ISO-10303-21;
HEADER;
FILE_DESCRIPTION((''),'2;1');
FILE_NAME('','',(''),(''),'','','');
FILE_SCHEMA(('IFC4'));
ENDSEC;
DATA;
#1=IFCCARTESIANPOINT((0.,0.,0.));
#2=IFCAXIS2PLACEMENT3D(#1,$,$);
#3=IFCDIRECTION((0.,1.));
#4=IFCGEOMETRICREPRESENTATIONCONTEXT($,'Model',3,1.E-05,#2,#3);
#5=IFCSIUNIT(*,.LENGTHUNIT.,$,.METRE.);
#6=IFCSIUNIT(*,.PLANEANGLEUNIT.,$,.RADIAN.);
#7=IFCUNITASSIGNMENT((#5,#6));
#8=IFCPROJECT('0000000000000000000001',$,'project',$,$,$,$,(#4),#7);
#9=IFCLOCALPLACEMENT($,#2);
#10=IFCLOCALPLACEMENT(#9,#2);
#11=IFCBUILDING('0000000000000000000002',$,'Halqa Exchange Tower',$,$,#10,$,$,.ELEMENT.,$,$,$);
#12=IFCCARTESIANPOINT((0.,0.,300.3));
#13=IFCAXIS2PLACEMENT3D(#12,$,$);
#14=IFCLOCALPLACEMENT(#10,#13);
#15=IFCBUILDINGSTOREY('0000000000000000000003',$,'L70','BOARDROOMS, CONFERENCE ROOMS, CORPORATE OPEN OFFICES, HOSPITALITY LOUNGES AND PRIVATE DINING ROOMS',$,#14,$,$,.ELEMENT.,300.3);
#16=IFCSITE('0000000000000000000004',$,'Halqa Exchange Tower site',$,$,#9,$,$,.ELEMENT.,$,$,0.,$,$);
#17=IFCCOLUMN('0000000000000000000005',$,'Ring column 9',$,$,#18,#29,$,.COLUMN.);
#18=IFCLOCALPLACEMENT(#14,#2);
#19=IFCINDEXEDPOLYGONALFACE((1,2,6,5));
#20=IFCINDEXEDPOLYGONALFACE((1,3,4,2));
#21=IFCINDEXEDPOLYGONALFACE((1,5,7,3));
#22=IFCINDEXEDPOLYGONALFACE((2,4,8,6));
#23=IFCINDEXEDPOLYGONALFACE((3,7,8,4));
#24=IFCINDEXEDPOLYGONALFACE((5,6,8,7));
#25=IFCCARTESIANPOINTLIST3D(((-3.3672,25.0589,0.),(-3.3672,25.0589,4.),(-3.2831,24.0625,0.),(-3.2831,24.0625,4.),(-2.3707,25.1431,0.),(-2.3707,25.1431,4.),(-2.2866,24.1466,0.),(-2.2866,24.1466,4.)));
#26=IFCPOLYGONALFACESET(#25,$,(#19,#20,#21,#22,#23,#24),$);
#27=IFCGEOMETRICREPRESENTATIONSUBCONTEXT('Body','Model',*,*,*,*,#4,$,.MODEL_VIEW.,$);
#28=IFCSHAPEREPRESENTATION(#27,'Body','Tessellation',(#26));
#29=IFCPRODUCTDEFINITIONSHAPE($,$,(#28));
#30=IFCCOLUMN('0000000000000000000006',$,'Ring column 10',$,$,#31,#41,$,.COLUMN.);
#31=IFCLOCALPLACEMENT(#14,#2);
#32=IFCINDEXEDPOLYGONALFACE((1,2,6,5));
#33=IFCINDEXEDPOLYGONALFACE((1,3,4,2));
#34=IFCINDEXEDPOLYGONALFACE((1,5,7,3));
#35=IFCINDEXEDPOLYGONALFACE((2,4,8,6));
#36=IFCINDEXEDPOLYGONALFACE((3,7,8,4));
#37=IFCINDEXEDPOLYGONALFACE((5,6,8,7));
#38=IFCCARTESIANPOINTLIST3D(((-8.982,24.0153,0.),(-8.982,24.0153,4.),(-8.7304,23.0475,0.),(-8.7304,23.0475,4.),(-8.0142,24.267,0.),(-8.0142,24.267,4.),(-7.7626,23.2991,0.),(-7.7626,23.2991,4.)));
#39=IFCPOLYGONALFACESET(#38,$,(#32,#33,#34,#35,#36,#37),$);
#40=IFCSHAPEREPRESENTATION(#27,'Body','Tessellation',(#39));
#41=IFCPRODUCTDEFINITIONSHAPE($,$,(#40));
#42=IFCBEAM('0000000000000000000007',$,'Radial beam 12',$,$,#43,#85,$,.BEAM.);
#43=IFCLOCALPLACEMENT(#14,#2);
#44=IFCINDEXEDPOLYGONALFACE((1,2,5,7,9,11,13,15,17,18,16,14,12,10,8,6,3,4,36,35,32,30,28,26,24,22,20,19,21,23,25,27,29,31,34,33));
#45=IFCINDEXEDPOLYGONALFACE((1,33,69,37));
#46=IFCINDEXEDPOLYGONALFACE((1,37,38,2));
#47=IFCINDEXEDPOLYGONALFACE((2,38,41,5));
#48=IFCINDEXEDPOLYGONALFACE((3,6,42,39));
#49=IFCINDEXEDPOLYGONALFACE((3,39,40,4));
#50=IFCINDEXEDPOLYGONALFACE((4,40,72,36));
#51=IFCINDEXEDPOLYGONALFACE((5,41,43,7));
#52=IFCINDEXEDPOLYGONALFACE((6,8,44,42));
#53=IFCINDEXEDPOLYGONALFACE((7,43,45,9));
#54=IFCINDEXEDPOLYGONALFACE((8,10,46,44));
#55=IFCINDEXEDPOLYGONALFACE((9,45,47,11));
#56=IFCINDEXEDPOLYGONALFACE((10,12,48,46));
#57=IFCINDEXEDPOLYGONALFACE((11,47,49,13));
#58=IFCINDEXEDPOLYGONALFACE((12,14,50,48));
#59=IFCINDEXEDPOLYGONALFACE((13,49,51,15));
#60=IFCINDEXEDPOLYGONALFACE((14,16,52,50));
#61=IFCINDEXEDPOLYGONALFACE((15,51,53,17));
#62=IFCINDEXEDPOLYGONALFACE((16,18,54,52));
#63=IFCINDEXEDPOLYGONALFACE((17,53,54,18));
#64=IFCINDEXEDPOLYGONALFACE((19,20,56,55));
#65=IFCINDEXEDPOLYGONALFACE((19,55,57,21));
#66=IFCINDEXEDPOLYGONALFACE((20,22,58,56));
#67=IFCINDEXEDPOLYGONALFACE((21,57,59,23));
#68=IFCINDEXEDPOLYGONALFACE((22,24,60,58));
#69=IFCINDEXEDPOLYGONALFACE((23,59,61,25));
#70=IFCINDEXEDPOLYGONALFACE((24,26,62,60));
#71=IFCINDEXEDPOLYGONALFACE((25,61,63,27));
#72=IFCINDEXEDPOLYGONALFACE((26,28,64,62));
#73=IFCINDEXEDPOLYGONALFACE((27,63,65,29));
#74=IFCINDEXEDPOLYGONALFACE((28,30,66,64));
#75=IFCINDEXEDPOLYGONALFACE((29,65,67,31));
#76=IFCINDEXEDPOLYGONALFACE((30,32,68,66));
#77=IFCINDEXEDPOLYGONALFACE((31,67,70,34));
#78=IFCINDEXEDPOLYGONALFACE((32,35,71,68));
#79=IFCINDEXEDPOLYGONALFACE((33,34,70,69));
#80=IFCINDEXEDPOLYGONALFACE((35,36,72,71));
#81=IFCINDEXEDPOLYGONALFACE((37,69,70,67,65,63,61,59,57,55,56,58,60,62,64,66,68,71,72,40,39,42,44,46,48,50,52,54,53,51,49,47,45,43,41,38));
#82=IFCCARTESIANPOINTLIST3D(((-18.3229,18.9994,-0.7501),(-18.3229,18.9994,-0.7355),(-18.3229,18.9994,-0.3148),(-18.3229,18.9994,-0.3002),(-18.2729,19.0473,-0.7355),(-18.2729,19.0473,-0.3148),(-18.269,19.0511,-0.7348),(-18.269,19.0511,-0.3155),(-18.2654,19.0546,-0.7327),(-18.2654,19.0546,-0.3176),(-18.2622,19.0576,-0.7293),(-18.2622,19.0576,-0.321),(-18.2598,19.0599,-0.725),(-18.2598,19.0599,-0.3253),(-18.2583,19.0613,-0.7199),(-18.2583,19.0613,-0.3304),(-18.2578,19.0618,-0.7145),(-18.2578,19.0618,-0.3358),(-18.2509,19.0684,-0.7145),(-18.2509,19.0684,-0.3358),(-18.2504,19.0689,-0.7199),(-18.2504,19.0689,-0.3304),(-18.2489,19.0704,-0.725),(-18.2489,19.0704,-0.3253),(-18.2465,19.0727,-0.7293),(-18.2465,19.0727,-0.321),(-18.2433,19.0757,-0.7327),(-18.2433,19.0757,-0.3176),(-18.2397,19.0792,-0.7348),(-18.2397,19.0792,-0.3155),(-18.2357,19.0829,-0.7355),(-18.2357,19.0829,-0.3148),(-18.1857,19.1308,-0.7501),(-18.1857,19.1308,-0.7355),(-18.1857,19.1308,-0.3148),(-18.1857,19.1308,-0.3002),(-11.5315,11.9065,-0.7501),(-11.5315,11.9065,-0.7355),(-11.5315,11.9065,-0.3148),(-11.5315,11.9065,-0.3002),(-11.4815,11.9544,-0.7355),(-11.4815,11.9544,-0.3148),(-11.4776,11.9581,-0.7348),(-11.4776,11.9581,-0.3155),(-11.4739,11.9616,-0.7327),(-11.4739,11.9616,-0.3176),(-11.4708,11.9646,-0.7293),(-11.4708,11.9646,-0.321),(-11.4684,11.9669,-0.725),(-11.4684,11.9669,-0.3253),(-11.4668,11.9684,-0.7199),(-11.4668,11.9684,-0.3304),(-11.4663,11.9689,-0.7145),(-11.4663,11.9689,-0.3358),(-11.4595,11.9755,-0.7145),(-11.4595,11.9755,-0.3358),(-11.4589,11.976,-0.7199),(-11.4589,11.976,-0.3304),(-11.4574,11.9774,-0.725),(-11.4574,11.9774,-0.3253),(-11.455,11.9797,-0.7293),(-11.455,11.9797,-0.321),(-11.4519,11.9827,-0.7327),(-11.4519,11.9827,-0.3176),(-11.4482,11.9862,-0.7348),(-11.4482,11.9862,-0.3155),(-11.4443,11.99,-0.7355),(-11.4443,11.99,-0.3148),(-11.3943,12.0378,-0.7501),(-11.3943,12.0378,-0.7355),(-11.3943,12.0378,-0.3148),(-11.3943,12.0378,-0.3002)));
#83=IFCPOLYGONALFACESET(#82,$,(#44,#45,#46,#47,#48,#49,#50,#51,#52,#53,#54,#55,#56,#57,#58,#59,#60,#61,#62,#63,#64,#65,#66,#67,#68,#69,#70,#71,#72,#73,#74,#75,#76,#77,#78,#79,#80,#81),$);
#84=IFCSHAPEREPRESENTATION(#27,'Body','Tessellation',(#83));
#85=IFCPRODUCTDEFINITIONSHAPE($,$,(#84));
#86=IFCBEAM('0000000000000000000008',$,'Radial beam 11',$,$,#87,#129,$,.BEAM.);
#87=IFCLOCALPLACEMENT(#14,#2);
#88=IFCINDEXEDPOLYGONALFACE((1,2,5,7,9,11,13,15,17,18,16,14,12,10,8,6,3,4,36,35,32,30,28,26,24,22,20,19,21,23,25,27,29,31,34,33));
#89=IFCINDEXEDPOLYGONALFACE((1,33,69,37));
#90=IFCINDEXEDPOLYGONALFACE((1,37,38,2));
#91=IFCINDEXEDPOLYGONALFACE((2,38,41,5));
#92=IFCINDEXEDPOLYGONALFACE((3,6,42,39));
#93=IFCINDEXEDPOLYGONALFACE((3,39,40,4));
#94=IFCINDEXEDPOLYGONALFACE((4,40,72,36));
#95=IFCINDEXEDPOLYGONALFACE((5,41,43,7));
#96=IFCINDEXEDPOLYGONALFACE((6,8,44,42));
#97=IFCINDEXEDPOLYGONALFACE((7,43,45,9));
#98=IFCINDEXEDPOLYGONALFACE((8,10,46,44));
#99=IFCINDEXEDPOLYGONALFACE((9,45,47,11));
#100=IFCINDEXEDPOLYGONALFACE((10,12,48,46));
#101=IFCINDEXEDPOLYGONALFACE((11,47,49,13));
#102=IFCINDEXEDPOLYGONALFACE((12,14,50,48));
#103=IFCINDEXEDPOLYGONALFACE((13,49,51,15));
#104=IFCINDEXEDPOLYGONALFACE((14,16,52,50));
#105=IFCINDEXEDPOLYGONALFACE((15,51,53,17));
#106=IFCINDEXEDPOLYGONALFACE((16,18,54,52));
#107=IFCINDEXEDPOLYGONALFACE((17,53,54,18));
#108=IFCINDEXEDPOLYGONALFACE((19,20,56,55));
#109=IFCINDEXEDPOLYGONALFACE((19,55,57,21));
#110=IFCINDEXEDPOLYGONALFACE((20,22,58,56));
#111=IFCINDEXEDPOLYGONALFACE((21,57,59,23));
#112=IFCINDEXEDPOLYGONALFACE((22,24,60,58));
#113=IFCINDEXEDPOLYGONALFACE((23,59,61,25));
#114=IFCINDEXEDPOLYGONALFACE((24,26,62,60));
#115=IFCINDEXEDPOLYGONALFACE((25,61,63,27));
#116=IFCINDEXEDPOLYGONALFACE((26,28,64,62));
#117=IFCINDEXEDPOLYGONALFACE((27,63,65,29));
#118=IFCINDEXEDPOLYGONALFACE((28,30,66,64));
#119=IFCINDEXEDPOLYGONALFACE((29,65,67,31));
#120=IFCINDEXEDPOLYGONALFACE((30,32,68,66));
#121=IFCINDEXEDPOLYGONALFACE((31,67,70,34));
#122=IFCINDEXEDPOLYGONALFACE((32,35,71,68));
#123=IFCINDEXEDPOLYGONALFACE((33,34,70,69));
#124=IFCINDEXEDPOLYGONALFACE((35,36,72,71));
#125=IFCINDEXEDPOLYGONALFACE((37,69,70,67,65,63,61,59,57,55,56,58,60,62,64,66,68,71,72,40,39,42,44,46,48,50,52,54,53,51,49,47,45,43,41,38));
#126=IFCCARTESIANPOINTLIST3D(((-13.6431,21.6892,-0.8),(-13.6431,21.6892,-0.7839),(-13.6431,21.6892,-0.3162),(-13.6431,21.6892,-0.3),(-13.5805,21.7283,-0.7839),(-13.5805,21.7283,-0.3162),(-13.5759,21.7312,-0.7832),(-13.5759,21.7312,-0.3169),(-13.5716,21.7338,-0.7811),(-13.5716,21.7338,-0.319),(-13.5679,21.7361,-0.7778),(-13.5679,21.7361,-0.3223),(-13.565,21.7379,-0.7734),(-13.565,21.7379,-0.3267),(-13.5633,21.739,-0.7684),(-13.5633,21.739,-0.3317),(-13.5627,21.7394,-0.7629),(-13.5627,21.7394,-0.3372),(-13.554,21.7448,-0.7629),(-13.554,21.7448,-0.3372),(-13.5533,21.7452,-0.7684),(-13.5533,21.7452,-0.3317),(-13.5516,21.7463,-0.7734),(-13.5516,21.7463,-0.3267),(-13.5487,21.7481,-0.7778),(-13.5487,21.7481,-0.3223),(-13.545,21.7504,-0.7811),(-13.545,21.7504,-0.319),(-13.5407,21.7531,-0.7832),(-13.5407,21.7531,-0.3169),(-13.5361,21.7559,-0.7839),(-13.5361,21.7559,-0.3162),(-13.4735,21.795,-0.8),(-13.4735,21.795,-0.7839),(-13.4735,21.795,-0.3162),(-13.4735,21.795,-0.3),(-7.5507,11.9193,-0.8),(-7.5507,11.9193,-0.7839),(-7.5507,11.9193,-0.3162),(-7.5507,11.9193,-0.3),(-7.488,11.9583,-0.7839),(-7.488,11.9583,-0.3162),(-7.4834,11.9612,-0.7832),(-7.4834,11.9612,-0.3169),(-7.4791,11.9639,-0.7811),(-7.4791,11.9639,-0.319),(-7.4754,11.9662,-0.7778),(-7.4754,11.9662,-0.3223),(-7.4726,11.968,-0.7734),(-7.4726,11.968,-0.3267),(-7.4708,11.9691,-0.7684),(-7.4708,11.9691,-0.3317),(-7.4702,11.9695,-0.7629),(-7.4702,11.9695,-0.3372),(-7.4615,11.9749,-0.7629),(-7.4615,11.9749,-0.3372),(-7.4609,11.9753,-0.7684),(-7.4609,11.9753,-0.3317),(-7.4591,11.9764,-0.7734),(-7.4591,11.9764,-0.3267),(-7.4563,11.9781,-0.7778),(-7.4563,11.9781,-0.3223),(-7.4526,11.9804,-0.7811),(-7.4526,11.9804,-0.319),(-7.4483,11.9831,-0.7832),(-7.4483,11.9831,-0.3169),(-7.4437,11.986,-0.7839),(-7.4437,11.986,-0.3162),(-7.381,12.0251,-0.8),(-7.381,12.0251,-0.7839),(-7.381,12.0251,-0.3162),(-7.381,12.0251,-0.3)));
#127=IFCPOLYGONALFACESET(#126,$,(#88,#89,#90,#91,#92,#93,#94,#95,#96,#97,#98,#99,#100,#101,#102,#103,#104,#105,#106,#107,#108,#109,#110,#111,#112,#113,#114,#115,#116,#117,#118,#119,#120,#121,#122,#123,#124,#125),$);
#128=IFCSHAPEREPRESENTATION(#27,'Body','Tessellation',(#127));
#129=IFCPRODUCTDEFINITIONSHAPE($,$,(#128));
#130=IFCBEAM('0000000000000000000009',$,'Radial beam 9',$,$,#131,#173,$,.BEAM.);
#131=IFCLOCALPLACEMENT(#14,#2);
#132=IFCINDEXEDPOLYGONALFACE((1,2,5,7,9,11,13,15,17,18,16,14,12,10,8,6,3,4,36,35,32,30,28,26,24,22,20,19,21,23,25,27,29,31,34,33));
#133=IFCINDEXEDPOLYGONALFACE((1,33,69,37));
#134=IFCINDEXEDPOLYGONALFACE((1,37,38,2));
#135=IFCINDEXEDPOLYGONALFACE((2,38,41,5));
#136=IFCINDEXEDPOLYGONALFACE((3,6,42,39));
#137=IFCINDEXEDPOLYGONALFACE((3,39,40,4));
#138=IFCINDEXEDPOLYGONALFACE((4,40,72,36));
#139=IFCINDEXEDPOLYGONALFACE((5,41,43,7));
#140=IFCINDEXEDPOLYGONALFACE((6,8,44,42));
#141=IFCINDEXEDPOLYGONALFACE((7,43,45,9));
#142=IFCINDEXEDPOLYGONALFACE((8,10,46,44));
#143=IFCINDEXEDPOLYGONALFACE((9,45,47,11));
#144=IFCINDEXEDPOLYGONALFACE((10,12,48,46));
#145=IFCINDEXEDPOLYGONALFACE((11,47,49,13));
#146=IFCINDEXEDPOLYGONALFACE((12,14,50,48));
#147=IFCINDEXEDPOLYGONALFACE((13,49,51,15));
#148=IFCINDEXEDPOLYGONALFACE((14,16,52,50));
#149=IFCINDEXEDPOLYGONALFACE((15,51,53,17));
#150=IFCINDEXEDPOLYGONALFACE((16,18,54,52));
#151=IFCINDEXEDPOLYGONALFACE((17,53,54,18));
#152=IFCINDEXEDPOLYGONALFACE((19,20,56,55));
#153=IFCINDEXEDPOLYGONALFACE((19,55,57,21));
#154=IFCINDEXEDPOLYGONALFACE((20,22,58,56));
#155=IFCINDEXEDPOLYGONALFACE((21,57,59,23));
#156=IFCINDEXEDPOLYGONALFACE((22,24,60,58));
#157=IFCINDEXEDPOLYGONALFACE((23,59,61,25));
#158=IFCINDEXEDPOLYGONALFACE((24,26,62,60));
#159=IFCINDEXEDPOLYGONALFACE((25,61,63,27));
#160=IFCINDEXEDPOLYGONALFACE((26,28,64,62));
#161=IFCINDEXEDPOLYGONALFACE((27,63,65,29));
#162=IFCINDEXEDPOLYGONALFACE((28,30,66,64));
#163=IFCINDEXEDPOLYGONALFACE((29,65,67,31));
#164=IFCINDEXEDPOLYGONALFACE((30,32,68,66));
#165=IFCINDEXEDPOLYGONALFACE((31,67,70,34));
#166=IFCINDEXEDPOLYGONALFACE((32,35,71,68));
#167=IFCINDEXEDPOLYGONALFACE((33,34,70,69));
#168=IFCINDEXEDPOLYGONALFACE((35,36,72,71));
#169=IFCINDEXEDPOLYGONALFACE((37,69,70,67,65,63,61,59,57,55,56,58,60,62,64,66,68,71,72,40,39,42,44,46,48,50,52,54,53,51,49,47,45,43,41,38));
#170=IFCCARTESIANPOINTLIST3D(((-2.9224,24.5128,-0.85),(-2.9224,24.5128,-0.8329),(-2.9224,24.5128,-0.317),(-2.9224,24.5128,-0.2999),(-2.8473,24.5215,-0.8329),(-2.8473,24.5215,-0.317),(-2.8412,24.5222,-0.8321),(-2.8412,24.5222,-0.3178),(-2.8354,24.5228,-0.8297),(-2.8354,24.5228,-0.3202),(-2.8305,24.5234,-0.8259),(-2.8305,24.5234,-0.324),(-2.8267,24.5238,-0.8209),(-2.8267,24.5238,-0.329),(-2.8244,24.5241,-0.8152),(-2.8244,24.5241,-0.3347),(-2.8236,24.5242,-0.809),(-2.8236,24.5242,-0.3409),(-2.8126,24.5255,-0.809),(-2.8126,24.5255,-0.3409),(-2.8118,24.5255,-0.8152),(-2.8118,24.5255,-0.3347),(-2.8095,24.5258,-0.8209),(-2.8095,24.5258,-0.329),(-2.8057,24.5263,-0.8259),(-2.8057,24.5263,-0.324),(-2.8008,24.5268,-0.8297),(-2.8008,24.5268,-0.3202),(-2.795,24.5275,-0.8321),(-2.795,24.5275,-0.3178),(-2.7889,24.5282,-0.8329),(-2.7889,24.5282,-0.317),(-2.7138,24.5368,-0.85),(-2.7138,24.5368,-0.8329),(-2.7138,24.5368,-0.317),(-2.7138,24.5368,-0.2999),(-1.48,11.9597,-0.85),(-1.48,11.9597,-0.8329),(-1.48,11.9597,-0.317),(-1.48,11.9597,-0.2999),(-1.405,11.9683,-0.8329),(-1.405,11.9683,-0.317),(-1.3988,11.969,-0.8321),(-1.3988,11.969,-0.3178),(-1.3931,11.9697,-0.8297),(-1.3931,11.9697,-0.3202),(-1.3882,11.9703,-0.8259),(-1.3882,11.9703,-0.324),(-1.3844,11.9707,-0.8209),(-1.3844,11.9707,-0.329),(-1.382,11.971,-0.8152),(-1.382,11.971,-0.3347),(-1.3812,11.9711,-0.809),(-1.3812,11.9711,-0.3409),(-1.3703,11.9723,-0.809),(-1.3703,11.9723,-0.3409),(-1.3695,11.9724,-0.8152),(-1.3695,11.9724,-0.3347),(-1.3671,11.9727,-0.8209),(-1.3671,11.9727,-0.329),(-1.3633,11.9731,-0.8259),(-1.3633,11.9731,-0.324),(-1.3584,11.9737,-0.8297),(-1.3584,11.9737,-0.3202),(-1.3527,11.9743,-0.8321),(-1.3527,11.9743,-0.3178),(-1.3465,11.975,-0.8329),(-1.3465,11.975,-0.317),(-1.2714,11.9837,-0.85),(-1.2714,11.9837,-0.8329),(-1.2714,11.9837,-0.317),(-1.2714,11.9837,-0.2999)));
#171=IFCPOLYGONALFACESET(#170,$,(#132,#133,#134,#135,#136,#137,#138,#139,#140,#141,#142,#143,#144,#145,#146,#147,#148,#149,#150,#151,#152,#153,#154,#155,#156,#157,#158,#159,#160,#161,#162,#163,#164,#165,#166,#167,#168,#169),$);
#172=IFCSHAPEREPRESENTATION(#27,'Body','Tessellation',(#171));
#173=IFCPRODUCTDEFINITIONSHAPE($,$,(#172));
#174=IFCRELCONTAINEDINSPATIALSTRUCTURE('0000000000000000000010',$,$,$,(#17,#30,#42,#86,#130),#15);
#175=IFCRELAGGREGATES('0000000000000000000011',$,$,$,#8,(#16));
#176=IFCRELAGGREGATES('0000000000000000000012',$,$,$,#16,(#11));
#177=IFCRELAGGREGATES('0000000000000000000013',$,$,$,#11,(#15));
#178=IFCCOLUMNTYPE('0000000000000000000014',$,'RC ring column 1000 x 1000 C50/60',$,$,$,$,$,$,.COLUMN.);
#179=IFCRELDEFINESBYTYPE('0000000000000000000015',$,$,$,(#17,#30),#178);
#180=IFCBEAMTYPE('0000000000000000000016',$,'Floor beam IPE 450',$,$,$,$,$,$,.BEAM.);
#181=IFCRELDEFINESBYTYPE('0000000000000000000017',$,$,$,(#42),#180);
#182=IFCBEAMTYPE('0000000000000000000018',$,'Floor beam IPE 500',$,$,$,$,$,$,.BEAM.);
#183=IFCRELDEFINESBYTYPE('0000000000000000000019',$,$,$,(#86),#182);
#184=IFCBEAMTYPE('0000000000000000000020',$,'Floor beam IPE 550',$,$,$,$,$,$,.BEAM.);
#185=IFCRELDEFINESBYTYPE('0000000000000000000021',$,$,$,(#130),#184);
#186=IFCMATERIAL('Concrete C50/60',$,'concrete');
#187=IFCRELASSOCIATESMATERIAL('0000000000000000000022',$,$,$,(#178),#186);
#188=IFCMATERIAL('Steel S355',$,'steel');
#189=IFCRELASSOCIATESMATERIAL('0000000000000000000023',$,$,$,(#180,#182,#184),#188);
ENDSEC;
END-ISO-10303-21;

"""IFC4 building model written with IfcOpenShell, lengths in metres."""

from ifc_helpers import new_model, si_unit, direction, frame, origin, origin_2d, place, context, subcontext, project, spatial, rectangle, i_section, extrude, material, material_profile, profile_set, type_object, element, save


model = new_model("IFC4")

# Units and contexts
model_context = context("Model", 3, precision=1e-05, world=origin(), true_north=direction((0.0, 1.0)))
body_context = subcontext(model_context, "Body", "Model", "MODEL_VIEW")
ifc_project = project(units=[si_unit("LENGTHUNIT", "METRE"), si_unit("PLANEANGLEUNIT", "RADIAN")], contexts=[model_context])

# Site, building, storey
site_placement = place(None, origin())
site = spatial("IfcSite", under=ifc_project, at=site_placement, Name="Halqa Exchange Tower site", CompositionType="ELEMENT", RefElevation=0.0)
building_placement = place(site_placement, origin())
building = spatial("IfcBuilding", under=site, at=building_placement, Name="Halqa Exchange Tower", CompositionType="ELEMENT")
storey_placement = place(building_placement, frame((0.0, 0.0, 300.3)))
storey = spatial("IfcBuildingStorey", under=building, at=storey_placement, Name="L70", Description="BOARDROOMS, CONFERENCE ROOMS, CORPORATE OPEN OFFICES, HOSPITALITY LOUNGES AND PRIVATE DINING ROOMS", CompositionType="ELEMENT", Elevation=300.3)

# Columns
ifc_material_1 = material(Name="Concrete C50/60", Category="concrete")
ifc_material_profile_1 = material_profile(ifc_material_1, rectangle(XDim=1.0, YDim=1.0, at=origin_2d()), Name="1000 x 1000")
ifc_profile_set_1 = profile_set([ifc_material_profile_1], Name="Concrete C50/60")
column_type = type_object("IfcColumnType", Name="RC ring column 1000 x 1000 C50/60", PredefinedType="COLUMN", material=ifc_profile_set_1)
for number, where, z_axis, x_axis, name in (
    (1, (-2.8269, 24.6028, 0.0), (0.0, 0.0, 1.0), (-0.996455, -0.084125, 0.0), "Ring column 9"),
    (2, (-8.3723, 23.6572, 0.0), (0.0, 0.0, 1.0), (-0.96782, -0.251645, 0.0), "Ring column 10"),
):
    element("IfcColumn", number, at=place(storey_placement, frame(where, z_axis=z_axis, x_axis=x_axis)), inside=storey, type_object=column_type, Name=name, PredefinedType="COLUMN", context=body_context, shape_type="SweptSolid", body=[
        extrude(rectangle(XDim=1.0, YDim=1.0, at=origin_2d()), origin(), (0.0, 0.0, 1.0), 4.0),
    ])

# Beams
ifc_material_2 = material(Name="Steel S355", Category="steel")
ifc_material_profile_2 = material_profile(ifc_material_2, i_section(OverallWidth=0.1899, OverallDepth=0.45, WebThickness=0.0095, FlangeThickness=0.0146, FilletRadius=0.021, at=origin_2d()), Name="IPE 450")
ifc_profile_set_2 = profile_set([ifc_material_profile_2], Name="Steel S355")
beam_type_1 = type_object("IfcBeamType", Name="Floor beam IPE 450", PredefinedType="BEAM", material=ifc_profile_set_2)
beam_1_placement = place(storey_placement, frame((-11.4629, 11.9722, -0.5251), z_axis=(-0.691588, 0.722292, 0.0), x_axis=(-0.722292, -0.691588, 0.0)))
element("IfcBeam", 3, at=beam_1_placement, inside=storey, type_object=beam_type_1, Name="Radial beam 12", PredefinedType="BEAM", context=body_context, shape_type="SweptSolid", body=[
    extrude(i_section(OverallWidth=0.1899, OverallDepth=0.45, WebThickness=0.0095, FlangeThickness=0.0146, FilletRadius=0.021, at=origin_2d()), origin(), (0.0, 0.0, 1.0), 9.8201),
])
ifc_material_profile_3 = material_profile(ifc_material_2, i_section(OverallWidth=0.2, OverallDepth=0.5, WebThickness=0.0103, FlangeThickness=0.0161, FilletRadius=0.021, at=origin_2d()), Name="IPE 500")
ifc_profile_set_3 = profile_set([ifc_material_profile_3], Name="Steel S355")
beam_type_2 = type_object("IfcBeamType", Name="Floor beam IPE 500", PredefinedType="BEAM", material=ifc_profile_set_3)
beam_2_placement = place(storey_placement, frame((-7.4658, 11.9722, -0.55), z_axis=(-0.529141, 0.848534, 0.0), x_axis=(-0.848534, -0.529141, 0.0)))
element("IfcBeam", 4, at=beam_2_placement, inside=storey, type_object=beam_type_2, Name="Radial beam 11", PredefinedType="BEAM", context=body_context, shape_type="SweptSolid", body=[
    extrude(i_section(OverallWidth=0.2, OverallDepth=0.5, WebThickness=0.0103, FlangeThickness=0.0161, FilletRadius=0.021, at=origin_2d()), origin(), (0.0, 0.0, 1.0), 11.5139),
])
ifc_material_profile_4 = material_profile(ifc_material_2, i_section(OverallWidth=0.21, OverallDepth=0.55, WebThickness=0.011, FlangeThickness=0.0171, FilletRadius=0.0239, at=origin_2d()), Name="IPE 550")
ifc_profile_set_4 = profile_set([ifc_material_profile_4], Name="Steel S355")
beam_type_3 = type_object("IfcBeamType", Name="Floor beam IPE 550", PredefinedType="BEAM", material=ifc_profile_set_4)
beam_3_placement = place(storey_placement, frame((-1.3757, 11.9717, -0.575), z_axis=(-0.11415, 0.993463, 0.0), x_axis=(-0.993463, -0.11415, 0.0)))
element("IfcBeam", 5, at=beam_3_placement, inside=storey, type_object=beam_type_3, Name="Radial beam 9", PredefinedType="BEAM", context=body_context, shape_type="SweptSolid", body=[
    extrude(i_section(OverallWidth=0.21, OverallDepth=0.55, WebThickness=0.011, FlangeThickness=0.0171, FilletRadius=0.0239, at=origin_2d()), origin(), (0.0, 0.0, 1.0), 12.6357),
])

save(model, "model.ifc")
